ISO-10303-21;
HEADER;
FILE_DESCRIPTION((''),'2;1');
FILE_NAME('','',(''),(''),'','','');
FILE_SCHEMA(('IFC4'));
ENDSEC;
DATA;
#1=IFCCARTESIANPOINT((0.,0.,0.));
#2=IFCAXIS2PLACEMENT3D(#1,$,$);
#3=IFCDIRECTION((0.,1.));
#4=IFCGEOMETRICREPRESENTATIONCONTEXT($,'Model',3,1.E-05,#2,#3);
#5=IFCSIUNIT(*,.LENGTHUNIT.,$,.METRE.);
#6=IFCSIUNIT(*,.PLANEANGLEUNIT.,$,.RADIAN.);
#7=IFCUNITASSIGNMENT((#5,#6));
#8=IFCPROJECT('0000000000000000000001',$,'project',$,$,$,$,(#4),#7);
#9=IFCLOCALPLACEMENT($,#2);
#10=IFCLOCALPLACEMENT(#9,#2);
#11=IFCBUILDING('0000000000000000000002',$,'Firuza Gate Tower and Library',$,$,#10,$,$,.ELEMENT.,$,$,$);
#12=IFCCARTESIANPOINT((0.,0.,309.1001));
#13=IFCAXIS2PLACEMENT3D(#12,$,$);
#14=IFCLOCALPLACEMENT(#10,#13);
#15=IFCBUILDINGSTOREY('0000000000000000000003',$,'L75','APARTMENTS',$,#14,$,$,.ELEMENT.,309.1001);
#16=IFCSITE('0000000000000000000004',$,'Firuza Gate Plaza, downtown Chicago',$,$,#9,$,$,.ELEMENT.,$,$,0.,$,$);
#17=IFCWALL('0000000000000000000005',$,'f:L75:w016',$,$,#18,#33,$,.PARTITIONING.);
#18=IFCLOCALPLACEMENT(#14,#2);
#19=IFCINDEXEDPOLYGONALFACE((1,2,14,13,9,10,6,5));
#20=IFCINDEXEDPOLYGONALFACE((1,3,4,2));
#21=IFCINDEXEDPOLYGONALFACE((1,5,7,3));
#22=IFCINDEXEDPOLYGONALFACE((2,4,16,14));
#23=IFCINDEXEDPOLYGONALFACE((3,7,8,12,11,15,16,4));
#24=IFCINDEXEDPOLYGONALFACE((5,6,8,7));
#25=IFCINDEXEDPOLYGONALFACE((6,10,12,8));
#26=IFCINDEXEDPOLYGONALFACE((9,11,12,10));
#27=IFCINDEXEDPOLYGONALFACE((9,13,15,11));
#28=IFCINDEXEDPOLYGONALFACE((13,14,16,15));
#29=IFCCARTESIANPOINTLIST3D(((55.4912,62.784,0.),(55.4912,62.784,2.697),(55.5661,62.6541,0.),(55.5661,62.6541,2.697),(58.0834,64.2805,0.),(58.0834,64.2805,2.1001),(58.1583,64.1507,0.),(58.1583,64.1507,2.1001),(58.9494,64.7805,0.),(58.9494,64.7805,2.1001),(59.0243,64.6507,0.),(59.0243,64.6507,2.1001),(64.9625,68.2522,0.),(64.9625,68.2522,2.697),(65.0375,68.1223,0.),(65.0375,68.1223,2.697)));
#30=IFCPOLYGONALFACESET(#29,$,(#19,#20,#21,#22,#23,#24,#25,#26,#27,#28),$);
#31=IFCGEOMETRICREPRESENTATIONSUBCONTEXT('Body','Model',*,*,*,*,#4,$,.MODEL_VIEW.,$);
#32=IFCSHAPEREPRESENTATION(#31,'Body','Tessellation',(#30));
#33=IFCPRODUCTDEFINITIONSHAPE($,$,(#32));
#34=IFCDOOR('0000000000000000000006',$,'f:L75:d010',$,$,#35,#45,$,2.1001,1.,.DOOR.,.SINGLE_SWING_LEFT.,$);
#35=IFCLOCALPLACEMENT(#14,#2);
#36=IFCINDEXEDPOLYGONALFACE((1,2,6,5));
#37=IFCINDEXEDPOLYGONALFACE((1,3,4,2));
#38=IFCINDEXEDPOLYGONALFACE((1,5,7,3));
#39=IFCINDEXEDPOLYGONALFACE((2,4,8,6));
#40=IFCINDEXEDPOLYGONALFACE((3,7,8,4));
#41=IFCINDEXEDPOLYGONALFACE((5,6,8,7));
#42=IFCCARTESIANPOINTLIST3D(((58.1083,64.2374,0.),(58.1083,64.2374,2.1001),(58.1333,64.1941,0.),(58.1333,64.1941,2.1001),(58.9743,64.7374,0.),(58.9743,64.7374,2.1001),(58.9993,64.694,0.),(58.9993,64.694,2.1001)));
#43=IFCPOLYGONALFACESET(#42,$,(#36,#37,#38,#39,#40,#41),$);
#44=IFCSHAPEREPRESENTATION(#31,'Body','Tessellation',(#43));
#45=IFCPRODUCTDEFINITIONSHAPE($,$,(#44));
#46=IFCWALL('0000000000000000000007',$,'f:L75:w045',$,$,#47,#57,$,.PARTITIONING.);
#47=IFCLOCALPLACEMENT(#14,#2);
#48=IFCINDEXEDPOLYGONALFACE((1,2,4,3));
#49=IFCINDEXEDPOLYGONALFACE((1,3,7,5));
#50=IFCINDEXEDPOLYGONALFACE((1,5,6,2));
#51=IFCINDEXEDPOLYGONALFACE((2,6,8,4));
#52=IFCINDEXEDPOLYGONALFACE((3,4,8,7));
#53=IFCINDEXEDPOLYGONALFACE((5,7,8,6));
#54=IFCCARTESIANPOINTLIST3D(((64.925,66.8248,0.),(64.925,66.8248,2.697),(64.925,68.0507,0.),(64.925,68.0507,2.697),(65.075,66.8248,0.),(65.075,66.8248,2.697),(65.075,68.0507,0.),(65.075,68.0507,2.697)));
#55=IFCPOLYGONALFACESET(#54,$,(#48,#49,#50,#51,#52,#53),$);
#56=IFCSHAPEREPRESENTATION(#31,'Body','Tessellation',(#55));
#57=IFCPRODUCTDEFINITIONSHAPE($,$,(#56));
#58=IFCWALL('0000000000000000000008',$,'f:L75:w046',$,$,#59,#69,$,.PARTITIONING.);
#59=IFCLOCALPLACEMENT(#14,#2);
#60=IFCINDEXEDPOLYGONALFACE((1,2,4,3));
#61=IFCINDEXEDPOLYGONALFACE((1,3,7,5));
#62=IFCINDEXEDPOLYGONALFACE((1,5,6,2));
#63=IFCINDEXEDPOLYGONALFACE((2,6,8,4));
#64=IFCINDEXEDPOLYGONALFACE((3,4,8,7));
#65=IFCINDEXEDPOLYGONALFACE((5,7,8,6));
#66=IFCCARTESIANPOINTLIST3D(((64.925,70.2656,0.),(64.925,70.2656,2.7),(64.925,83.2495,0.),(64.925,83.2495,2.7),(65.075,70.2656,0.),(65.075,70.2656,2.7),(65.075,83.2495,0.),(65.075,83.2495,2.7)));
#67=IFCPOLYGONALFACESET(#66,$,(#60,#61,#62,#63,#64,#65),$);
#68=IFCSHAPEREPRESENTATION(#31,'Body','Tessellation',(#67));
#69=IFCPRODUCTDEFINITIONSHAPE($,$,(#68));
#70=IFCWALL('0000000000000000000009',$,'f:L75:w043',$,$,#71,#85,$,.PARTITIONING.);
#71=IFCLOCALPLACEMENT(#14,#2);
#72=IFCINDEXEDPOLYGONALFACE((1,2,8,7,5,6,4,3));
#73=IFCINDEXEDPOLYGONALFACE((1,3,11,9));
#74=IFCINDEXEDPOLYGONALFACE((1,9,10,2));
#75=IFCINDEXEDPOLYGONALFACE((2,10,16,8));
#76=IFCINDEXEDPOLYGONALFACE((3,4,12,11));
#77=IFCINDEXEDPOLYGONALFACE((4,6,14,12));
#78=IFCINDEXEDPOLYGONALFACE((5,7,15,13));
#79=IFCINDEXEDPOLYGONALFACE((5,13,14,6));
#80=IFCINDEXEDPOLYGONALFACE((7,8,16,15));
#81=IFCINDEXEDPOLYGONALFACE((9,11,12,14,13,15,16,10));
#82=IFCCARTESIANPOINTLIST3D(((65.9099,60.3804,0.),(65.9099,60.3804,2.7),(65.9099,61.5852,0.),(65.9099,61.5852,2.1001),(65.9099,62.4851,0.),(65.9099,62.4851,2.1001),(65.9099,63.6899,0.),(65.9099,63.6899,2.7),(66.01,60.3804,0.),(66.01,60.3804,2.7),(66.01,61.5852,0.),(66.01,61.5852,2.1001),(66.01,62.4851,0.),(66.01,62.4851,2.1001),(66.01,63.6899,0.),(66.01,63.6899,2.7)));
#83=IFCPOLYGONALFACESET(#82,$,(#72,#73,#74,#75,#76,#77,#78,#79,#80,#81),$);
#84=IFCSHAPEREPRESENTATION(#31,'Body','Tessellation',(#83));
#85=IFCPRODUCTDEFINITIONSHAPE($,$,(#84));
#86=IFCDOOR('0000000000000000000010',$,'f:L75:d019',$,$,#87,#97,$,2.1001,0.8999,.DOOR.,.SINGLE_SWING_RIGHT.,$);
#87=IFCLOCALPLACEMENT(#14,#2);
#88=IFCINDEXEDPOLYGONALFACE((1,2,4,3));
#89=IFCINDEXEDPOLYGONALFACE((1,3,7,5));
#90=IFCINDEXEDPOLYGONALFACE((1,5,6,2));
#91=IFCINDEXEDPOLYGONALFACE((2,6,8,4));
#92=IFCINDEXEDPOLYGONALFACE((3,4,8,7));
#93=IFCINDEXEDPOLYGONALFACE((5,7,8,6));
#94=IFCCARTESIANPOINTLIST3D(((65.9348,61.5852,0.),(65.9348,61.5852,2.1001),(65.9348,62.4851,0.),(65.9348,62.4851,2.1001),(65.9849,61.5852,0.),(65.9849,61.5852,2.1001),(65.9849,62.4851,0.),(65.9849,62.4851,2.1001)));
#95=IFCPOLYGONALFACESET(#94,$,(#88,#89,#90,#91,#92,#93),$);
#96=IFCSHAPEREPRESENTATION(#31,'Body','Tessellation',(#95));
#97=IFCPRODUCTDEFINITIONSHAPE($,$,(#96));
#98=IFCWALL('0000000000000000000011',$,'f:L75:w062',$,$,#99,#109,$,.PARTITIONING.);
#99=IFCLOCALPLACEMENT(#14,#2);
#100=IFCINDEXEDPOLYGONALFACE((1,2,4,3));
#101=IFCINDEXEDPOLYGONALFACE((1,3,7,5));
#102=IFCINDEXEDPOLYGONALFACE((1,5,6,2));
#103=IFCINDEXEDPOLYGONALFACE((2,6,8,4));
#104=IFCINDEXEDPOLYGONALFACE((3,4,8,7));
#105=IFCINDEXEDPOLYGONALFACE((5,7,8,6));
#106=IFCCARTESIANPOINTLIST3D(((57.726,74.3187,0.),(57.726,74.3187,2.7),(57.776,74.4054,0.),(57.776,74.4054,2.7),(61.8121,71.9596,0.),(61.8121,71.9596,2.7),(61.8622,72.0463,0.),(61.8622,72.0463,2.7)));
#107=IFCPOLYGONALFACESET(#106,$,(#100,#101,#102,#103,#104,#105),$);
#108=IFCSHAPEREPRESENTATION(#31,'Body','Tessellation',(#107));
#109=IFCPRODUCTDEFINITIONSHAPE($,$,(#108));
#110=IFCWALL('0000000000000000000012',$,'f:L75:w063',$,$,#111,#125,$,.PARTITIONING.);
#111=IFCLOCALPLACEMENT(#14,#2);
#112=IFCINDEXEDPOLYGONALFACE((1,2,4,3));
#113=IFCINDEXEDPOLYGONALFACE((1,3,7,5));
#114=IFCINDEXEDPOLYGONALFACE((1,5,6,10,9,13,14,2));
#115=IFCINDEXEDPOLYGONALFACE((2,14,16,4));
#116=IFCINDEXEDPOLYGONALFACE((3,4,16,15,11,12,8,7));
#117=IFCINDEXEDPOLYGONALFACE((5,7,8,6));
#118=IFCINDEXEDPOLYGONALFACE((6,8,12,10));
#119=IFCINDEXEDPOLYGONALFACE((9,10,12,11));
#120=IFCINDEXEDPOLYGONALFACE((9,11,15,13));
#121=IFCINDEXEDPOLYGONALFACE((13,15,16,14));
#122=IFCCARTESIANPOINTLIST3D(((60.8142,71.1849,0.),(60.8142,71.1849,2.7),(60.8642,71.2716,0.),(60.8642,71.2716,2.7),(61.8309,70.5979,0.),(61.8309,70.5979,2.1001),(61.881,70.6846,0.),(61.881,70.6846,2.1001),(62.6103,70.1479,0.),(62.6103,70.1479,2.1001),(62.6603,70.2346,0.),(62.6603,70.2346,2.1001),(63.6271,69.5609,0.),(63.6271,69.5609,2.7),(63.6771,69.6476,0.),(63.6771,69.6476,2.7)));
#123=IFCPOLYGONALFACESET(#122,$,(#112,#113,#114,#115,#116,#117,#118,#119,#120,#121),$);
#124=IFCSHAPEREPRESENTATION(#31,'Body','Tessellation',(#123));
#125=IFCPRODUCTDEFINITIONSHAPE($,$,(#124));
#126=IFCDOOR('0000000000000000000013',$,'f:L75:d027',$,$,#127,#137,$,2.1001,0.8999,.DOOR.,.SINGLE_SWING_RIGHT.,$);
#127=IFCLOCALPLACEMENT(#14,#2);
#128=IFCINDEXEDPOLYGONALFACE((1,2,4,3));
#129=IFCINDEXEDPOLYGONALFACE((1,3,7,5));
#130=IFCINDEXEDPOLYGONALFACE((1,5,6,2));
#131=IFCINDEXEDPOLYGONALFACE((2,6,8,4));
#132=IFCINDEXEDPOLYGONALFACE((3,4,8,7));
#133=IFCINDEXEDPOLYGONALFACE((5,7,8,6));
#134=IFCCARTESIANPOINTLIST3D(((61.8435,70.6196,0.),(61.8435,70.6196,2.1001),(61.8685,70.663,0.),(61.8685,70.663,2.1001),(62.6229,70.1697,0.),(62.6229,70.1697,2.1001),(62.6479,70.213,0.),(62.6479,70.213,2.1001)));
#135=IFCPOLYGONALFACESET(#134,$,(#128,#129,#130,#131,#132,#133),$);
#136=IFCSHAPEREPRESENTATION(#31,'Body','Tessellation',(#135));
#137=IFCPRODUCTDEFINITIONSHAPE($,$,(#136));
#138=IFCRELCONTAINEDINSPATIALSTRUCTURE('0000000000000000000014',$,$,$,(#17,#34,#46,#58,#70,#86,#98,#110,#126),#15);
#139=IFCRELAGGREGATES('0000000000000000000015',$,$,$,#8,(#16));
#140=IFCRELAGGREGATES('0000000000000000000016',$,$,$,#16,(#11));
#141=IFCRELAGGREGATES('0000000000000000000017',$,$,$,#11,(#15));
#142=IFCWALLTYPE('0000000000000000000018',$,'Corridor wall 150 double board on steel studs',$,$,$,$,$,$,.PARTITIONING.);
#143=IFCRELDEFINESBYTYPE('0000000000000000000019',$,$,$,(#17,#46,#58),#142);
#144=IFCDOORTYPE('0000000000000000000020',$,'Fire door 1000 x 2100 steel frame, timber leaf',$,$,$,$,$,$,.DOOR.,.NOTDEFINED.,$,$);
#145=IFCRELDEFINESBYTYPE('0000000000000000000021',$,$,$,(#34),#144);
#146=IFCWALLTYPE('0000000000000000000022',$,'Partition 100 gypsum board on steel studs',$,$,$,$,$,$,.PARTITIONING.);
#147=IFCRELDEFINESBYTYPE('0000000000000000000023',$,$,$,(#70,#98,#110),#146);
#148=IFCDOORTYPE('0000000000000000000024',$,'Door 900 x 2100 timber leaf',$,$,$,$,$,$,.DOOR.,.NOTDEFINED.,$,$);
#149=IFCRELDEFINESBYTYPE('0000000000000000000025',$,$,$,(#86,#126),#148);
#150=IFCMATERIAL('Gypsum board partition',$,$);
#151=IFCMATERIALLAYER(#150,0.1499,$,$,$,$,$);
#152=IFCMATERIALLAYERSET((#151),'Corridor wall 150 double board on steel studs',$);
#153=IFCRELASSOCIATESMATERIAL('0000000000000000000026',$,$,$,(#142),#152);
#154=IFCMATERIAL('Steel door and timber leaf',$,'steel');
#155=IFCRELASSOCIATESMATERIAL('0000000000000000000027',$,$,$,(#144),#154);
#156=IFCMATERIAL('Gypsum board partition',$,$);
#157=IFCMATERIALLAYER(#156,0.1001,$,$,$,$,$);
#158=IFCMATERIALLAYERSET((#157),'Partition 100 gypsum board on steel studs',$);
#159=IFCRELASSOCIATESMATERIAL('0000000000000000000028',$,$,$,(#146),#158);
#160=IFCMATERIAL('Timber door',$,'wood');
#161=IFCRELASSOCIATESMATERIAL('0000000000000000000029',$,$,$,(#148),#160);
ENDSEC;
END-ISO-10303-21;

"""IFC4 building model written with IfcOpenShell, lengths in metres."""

from ifc_helpers import new_model, si_unit, direction, frame, frame_2d, origin, place, context, subcontext, project, spatial, rectangle, extrude, material, layer, layer_set, type_object, element, fill, save


model = new_model("IFC4")

# Units and contexts
model_context = context("Model", 3, precision=1e-05, world=origin(), true_north=direction((0.0, 1.0)))
body_context = subcontext(model_context, "Body", "Model", "MODEL_VIEW")
ifc_project = project(units=[si_unit("LENGTHUNIT", "METRE"), si_unit("PLANEANGLEUNIT", "RADIAN")], contexts=[model_context])

# Site, building, storey
site_placement = place(None, origin())
site = spatial("IfcSite", under=ifc_project, at=site_placement, Name="Firuza Gate Plaza, downtown Chicago", CompositionType="ELEMENT", RefElevation=0.0)
building_placement = place(site_placement, origin())
building = spatial("IfcBuilding", under=site, at=building_placement, Name="Firuza Gate Tower and Library", CompositionType="ELEMENT")
storey_placement = place(building_placement, frame((0.0, 0.0, 309.1001)))
storey = spatial("IfcBuildingStorey", under=building, at=storey_placement, Name="L75", Description="APARTMENTS", CompositionType="ELEMENT", Elevation=309.1001)

# Wall, opening, door
ifc_material_1 = material(Name="Gypsum board partition")
ifc_layer_1 = layer(ifc_material_1, 0.1499)
ifc_layer_set_1 = layer_set([ifc_layer_1], Name="Corridor wall 150 double board on steel studs")
wall_type_1 = type_object("IfcWallType", Name="Corridor wall 150 double board on steel studs", PredefinedType="PARTITIONING", material=ifc_layer_set_1)
wall_1_placement = place(storey_placement, frame((65.0, 68.1873, 0.0), z_axis=(0.0, 0.0, 1.0), x_axis=(-0.866028, -0.499995, 0.0)))
wall_1 = element("IfcWall", 1, at=wall_1_placement, inside=storey, type_object=wall_type_1, Name="f:L75:w016", PredefinedType="PARTITIONING", context=body_context, shape_type="SweptSolid", body=[
    extrude(rectangle(XDim=10.9365, YDim=0.1499, at=frame_2d((5.4683, 0.0))), origin(), (0.0, 0.0, 1.0), 2.697),
])
opening_1_placement = place(wall_1_placement, frame((6.9434, 0.0, 0.0)))
opening_1 = element("IfcOpeningElement", 2, at=opening_1_placement, cuts=wall_1, PredefinedType="OPENING", context=body_context, shape_type="SweptSolid", body=[
    extrude(rectangle(XDim=1.0, YDim=2.1001, at=frame_2d((0.5, 1.05))), frame((0.0, 0.085, 0.0), z_axis=(0.0, -1.0, 0.0), x_axis=(1.0, 0.0, 0.0)), (0.0, 0.0, 1.0), 0.1699),
])
ifc_material_2 = material(Name="Steel door and timber leaf", Category="steel")
door_type_1 = type_object("IfcDoorType", Name="Fire door 1000 x 2100 steel frame, timber leaf", OperationType="NOTDEFINED", PredefinedType="DOOR", material=ifc_material_2)
door_1_placement = place(opening_1_placement, origin())
door_1 = element("IfcDoor", 3, at=door_1_placement, inside=storey, type_object=door_type_1, Name="f:L75:d010", OperationType="SINGLE_SWING_LEFT", OverallHeight=2.1001, OverallWidth=1.0, PredefinedType="DOOR", context=body_context, shape_type="SweptSolid", body=[
    extrude(rectangle(XDim=1.0, YDim=2.1001, at=frame_2d((0.5, 1.05))), frame((0.0, 0.0249, 0.0), z_axis=(0.0, -1.0, 0.0), x_axis=(1.0, 0.0, 0.0)), (0.0, 0.0, 1.0), 0.05),
])
fill(opening_1, door_1)

# Walls
wall_2_placement = place(storey_placement, frame((65.0, 66.825, 0.0), z_axis=(0.0, 0.0, 1.0), x_axis=(0.0, 1.0, 0.0)))
element("IfcWall", 4, at=wall_2_placement, inside=storey, type_object=wall_type_1, Name="f:L75:w045", PredefinedType="PARTITIONING", context=body_context, shape_type="SweptSolid", body=[
    extrude(rectangle(XDim=1.2258, YDim=0.1499, at=frame_2d((0.6128, 0.0))), origin(), (0.0, 0.0, 1.0), 2.697),
])
wall_3_placement = place(storey_placement, frame((65.0, 70.2656, 0.0), z_axis=(0.0, 0.0, 1.0), x_axis=(0.0, 1.0, 0.0)))
element("IfcWall", 5, at=wall_3_placement, inside=storey, type_object=wall_type_1, Name="f:L75:w046", PredefinedType="PARTITIONING", context=body_context, shape_type="SweptSolid", body=[
    extrude(rectangle(XDim=12.9839, YDim=0.1499, at=frame_2d((6.4919, 0.0))), origin(), (0.0, 0.0, 1.0), 2.7),
])

# Wall, opening, door
ifc_material_3 = material(Name="Gypsum board partition")
ifc_layer_2 = layer(ifc_material_3, 0.1001)
ifc_layer_set_2 = layer_set([ifc_layer_2], Name="Partition 100 gypsum board on steel studs")
wall_type_2 = type_object("IfcWallType", Name="Partition 100 gypsum board on steel studs", PredefinedType="PARTITIONING", material=ifc_layer_set_2)
wall_4_placement = place(storey_placement, frame((65.96, 63.6899, 0.0), z_axis=(0.0, 0.0, 1.0), x_axis=(0.0, -1.0, 0.0)))
wall_4 = element("IfcWall", 6, at=wall_4_placement, inside=storey, type_object=wall_type_2, Name="f:L75:w043", PredefinedType="PARTITIONING", context=body_context, shape_type="SweptSolid", body=[
    extrude(rectangle(XDim=3.3096, YDim=0.1001, at=frame_2d((1.6548, 0.0))), origin(), (0.0, 0.0, 1.0), 2.7),
])
opening_2_placement = place(wall_4_placement, frame((1.2048, 0.0, 0.0)))
opening_2 = element("IfcOpeningElement", 7, at=opening_2_placement, cuts=wall_4, PredefinedType="OPENING", context=body_context, shape_type="SweptSolid", body=[
    extrude(rectangle(XDim=0.8999, YDim=2.1001, at=frame_2d((0.45, 1.05))), frame((0.0, 0.0601, 0.0), z_axis=(0.0, -1.0, 0.0), x_axis=(1.0, 0.0, 0.0)), (0.0, 0.0, 1.0), 0.1201),
])
ifc_material_4 = material(Name="Timber door", Category="wood")
door_type_2 = type_object("IfcDoorType", Name="Door 900 x 2100 timber leaf", OperationType="NOTDEFINED", PredefinedType="DOOR", material=ifc_material_4)
door_2_placement = place(opening_2_placement, origin())
door_2 = element("IfcDoor", 8, at=door_2_placement, inside=storey, type_object=door_type_2, Name="f:L75:d019", OperationType="SINGLE_SWING_RIGHT", OverallHeight=2.1001, OverallWidth=0.8999, PredefinedType="DOOR", context=body_context, shape_type="SweptSolid", body=[
    extrude(rectangle(XDim=0.8999, YDim=2.1001, at=frame_2d((0.45, 1.05))), frame((0.0, 0.0249, 0.0), z_axis=(0.0, -1.0, 0.0), x_axis=(1.0, 0.0, 0.0)), (0.0, 0.0, 1.0), 0.05),
])
fill(opening_2, door_2)

# Wall
wall_5_placement = place(storey_placement, frame((61.8372, 72.0029, 0.0), z_axis=(0.0, 0.0, 1.0), x_axis=(-0.866028, 0.499996, 0.0)))
element("IfcWall", 9, at=wall_5_placement, inside=storey, type_object=wall_type_2, Name="f:L75:w062", PredefinedType="PARTITIONING", context=body_context, shape_type="SweptSolid", body=[
    extrude(rectangle(XDim=4.7183, YDim=0.1001, at=frame_2d((2.3591, 0.0))), origin(), (0.0, 0.0, 1.0), 2.7),
])

# Wall, opening, door
wall_6_placement = place(storey_placement, frame((63.6521, 69.6042, 0.0), z_axis=(0.0, 0.0, 1.0), x_axis=(-0.866033, 0.499987, 0.0)))
wall_6 = element("IfcWall", 10, at=wall_6_placement, inside=storey, type_object=wall_type_2, Name="f:L75:w063", PredefinedType="PARTITIONING", context=body_context, shape_type="SweptSolid", body=[
    extrude(rectangle(XDim=3.248, YDim=0.1001, at=frame_2d((1.624, 0.0))), origin(), (0.0, 0.0, 1.0), 2.7),
])
opening_3_placement = place(wall_6_placement, frame((1.1741, 0.0, 0.0)))
opening_3 = element("IfcOpeningElement", 11, at=opening_3_placement, cuts=wall_6, PredefinedType="OPENING", context=body_context, shape_type="SweptSolid", body=[
    extrude(rectangle(XDim=0.8999, YDim=2.1001, at=frame_2d((0.45, 1.05))), frame((0.0, 0.0601, 0.0), z_axis=(0.0, -1.0, 0.0), x_axis=(1.0, 0.0, 0.0)), (0.0, 0.0, 1.0), 0.1201),
])
door_3_placement = place(opening_3_placement, origin())
door_3 = element("IfcDoor", 12, at=door_3_placement, inside=storey, type_object=door_type_2, Name="f:L75:d027", OperationType="SINGLE_SWING_RIGHT", OverallHeight=2.1001, OverallWidth=0.8999, PredefinedType="DOOR", context=body_context, shape_type="SweptSolid", body=[
    extrude(rectangle(XDim=0.8999, YDim=2.1001, at=frame_2d((0.45, 1.05))), frame((0.0, 0.0249, 0.0), z_axis=(0.0, -1.0, 0.0), x_axis=(1.0, 0.0, 0.0)), (0.0, 0.0, 1.0), 0.05),
])
fill(opening_3, door_3)

save(model, "model.ifc")
